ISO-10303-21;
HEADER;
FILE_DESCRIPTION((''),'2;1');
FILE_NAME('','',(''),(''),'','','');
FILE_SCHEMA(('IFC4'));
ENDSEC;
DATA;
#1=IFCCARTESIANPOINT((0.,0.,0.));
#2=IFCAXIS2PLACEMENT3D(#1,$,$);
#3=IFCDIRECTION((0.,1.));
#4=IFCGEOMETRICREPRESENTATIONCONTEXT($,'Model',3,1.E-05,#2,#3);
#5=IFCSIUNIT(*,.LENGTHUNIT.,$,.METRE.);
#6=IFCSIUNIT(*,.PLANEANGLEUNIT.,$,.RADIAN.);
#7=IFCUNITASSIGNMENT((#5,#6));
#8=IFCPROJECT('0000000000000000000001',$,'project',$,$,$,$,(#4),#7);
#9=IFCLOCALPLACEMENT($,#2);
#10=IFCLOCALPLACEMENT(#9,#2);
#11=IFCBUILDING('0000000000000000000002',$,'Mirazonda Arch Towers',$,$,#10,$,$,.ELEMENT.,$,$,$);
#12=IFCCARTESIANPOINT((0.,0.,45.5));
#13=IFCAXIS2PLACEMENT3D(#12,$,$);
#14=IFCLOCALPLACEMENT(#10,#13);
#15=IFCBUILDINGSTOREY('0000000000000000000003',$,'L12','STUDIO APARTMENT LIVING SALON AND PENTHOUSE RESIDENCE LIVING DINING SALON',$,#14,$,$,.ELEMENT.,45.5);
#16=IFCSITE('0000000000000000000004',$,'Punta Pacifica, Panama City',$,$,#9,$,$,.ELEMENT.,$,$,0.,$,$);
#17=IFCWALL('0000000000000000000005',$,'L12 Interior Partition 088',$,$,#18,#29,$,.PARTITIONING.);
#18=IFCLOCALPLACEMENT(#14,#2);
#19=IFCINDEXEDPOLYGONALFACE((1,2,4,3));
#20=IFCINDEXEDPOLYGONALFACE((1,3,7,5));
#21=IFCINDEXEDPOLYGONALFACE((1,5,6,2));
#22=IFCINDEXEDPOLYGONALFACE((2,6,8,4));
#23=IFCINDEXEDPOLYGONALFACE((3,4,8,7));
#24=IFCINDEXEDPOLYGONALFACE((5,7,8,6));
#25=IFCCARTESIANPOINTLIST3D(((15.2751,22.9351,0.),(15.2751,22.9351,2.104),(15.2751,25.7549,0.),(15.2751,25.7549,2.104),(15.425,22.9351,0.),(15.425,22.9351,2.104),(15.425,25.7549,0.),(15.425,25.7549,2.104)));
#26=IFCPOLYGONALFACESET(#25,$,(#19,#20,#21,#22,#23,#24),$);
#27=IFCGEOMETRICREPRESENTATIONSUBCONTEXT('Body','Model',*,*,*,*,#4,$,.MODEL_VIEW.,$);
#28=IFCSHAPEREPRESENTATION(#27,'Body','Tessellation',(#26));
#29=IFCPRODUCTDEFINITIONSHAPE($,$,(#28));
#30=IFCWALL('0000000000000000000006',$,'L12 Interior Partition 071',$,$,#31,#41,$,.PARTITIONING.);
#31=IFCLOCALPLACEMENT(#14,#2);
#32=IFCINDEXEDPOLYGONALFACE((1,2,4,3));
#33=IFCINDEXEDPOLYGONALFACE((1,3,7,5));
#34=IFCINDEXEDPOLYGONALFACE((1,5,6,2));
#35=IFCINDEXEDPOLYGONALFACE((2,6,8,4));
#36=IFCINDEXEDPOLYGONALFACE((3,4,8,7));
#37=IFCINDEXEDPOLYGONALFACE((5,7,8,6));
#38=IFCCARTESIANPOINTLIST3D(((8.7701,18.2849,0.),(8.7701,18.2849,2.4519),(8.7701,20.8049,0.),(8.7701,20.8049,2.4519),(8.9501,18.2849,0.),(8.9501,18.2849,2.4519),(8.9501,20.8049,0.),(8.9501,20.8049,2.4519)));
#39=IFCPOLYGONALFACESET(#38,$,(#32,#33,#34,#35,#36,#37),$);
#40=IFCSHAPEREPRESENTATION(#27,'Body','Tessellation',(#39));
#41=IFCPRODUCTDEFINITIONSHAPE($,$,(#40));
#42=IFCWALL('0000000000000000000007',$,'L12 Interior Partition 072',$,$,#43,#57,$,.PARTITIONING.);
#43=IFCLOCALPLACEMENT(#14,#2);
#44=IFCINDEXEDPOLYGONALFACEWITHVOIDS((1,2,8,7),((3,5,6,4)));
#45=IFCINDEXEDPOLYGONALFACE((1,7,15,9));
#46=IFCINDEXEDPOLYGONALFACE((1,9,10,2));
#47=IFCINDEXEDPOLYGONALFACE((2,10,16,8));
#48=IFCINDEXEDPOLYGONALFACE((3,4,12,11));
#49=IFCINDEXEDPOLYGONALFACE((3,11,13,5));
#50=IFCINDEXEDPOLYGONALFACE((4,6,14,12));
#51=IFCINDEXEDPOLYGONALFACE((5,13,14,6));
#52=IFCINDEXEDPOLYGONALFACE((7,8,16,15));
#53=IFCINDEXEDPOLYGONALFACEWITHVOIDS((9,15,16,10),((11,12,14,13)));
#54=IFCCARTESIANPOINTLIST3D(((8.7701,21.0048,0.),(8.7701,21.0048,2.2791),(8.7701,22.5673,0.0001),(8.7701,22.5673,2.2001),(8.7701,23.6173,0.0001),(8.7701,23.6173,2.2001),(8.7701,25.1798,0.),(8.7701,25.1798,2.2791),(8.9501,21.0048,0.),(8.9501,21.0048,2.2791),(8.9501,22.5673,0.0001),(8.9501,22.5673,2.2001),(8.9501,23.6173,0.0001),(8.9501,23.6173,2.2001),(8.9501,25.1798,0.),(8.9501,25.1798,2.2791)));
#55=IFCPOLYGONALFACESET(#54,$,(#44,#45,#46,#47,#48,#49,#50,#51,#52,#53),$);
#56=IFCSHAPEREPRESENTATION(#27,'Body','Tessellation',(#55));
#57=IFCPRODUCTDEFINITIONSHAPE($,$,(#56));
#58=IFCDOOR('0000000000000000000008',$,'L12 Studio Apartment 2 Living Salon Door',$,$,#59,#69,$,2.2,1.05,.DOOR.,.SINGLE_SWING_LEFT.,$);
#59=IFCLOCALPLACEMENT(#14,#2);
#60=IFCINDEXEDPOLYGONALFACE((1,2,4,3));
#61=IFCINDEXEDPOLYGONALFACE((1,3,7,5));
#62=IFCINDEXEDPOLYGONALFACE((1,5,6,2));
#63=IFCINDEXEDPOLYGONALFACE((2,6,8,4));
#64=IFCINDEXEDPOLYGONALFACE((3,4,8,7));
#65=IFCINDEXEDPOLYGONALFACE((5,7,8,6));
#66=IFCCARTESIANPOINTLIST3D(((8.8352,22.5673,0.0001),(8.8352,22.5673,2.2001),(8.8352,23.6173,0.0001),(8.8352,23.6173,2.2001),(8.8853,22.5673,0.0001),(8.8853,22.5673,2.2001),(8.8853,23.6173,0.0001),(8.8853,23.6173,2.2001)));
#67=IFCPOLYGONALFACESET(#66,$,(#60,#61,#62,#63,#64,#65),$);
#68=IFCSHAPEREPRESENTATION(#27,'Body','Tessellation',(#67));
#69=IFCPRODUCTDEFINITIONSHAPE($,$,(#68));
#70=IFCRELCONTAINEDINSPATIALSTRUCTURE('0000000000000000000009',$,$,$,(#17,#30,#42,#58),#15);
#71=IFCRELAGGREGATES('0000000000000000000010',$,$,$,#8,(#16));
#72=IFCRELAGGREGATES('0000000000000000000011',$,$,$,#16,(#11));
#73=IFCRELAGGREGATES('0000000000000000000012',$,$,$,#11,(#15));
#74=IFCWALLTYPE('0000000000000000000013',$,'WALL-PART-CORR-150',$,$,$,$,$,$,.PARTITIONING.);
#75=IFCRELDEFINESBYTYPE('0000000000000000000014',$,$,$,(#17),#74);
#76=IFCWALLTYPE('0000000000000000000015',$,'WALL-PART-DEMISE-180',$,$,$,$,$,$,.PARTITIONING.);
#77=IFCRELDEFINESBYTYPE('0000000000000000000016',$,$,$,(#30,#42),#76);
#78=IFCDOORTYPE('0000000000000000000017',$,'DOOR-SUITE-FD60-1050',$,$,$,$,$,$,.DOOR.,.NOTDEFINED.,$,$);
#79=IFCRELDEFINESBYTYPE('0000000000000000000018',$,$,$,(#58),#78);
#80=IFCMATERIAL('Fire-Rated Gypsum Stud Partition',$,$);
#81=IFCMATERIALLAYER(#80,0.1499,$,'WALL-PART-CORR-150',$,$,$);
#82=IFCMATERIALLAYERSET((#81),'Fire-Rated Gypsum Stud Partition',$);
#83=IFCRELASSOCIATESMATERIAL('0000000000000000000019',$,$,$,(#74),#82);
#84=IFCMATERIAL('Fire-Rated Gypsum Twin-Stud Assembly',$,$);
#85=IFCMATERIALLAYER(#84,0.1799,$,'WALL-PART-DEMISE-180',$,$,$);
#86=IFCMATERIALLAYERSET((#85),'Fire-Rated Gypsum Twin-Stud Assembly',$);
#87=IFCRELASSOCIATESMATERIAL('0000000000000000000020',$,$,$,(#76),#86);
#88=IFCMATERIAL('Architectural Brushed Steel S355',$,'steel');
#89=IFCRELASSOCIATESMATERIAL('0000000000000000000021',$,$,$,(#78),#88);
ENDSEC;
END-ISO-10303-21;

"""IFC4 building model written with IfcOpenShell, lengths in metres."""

from ifc_helpers import new_model, si_unit, direction, frame, frame_2d, origin, place, context, subcontext, project, spatial, rectangle, extrude, material, layer, layer_set, type_object, element, fill, save


model = new_model("IFC4")

# Units and contexts
model_context = context("Model", 3, precision=1e-05, world=origin(), true_north=direction((0.0, 1.0)))
body_context = subcontext(model_context, "Body", "Model", "MODEL_VIEW")
ifc_project = project(units=[si_unit("LENGTHUNIT", "METRE"), si_unit("PLANEANGLEUNIT", "RADIAN")], contexts=[model_context])

# Site, building, storey
site_placement = place(None, origin())
site = spatial("IfcSite", under=ifc_project, at=site_placement, Name="Punta Pacifica, Panama City", CompositionType="ELEMENT", RefElevation=0.0)
building_placement = place(site_placement, origin())
building = spatial("IfcBuilding", under=site, at=building_placement, Name="Mirazonda Arch Towers", CompositionType="ELEMENT")
storey_placement = place(building_placement, frame((0.0, 0.0, 45.5)))
storey = spatial("IfcBuildingStorey", under=building, at=storey_placement, Name="L12", Description="STUDIO APARTMENT LIVING SALON AND PENTHOUSE RESIDENCE LIVING DINING SALON", CompositionType="ELEMENT", Elevation=45.5)

# Shared definitions
ifc_material_1 = material(Name="Architectural Brushed Steel S355", Category="steel")

# Shared definitions
ifc_material_2 = material(Name="Fire-Rated Gypsum Stud Partition")
ifc_layer_1 = layer(ifc_material_2, 0.1499, Name="WALL-PART-CORR-150")
ifc_layer_set_1 = layer_set([ifc_layer_1], Name="Fire-Rated Gypsum Stud Partition")
wall_type_1 = type_object("IfcWallType", Name="WALL-PART-CORR-150", PredefinedType="PARTITIONING", material=ifc_layer_set_1)

# Walls
wall_1_placement = place(storey_placement, frame((15.3501, 22.9351, 0.0), z_axis=(0.0, 0.0, 1.0), x_axis=(0.0, 1.0, 0.0)))
element("IfcWall", 1, at=wall_1_placement, inside=storey, type_object=wall_type_1, Name="L12 Interior Partition 088", PredefinedType="PARTITIONING", context=body_context, shape_type="SweptSolid", body=[
    extrude(rectangle(XDim=2.8198, YDim=0.1499, at=frame_2d((1.4099, 0.0))), origin(), (0.0, 0.0, 1.0), 2.104),
])
ifc_material_3 = material(Name="Fire-Rated Gypsum Twin-Stud Assembly")
ifc_layer_2 = layer(ifc_material_3, 0.1799, Name="WALL-PART-DEMISE-180")
ifc_layer_set_2 = layer_set([ifc_layer_2], Name="Fire-Rated Gypsum Twin-Stud Assembly")
wall_type_2 = type_object("IfcWallType", Name="WALL-PART-DEMISE-180", PredefinedType="PARTITIONING", material=ifc_layer_set_2)
wall_2_placement = place(storey_placement, frame((8.8601, 18.2849, 0.0), z_axis=(0.0, 0.0, 1.0), x_axis=(0.0, 1.0, 0.0)))
element("IfcWall", 2, at=wall_2_placement, inside=storey, type_object=wall_type_2, Name="L12 Interior Partition 071", PredefinedType="PARTITIONING", context=body_context, shape_type="SweptSolid", body=[
    extrude(rectangle(XDim=2.52, YDim=0.1799, at=frame_2d((1.26, 0.0))), origin(), (0.0, 0.0, 1.0), 2.4519),
])

# Wall, opening, door
wall_3_placement = place(storey_placement, frame((8.8601, 21.0049, 0.0), z_axis=(0.0, 0.0, 1.0), x_axis=(0.0, 1.0, 0.0)))
wall_3 = element("IfcWall", 3, at=wall_3_placement, inside=storey, type_object=wall_type_2, Name="L12 Interior Partition 072", PredefinedType="PARTITIONING", context=body_context, shape_type="SweptSolid", body=[
    extrude(rectangle(XDim=4.175, YDim=0.1799, at=frame_2d((2.0874, 0.0))), origin(), (0.0, 0.0, 1.0), 2.2791),
])
opening_1_placement = place(wall_3_placement, frame((1.5625, 0.0, 0.0)))
opening_1 = element("IfcOpeningElement", 4, at=opening_1_placement, cuts=wall_3, PredefinedType="OPENING", context=body_context, shape_type="SweptSolid", body=[
    extrude(rectangle(XDim=1.05, YDim=2.2, at=frame_2d((0.5249, 1.1001))), frame((0.0, 0.0999, 0.0), z_axis=(0.0, -1.0, 0.0), x_axis=(1.0, 0.0, 0.0)), (0.0, 0.0, 1.0), 0.2),
])
door_type_1 = type_object("IfcDoorType", Name="DOOR-SUITE-FD60-1050", OperationType="NOTDEFINED", PredefinedType="DOOR", material=ifc_material_1)
door_1_placement = place(opening_1_placement, origin())
door_1 = element("IfcDoor", 5, at=door_1_placement, inside=storey, type_object=door_type_1, Name="L12 Studio Apartment 2 Living Salon Door", OperationType="SINGLE_SWING_LEFT", OverallHeight=2.2, OverallWidth=1.05, PredefinedType="DOOR", context=body_context, shape_type="SweptSolid", body=[
    extrude(rectangle(XDim=1.05, YDim=2.2, at=frame_2d((0.5249, 1.1001))), frame((0.0, 0.0249, 0.0), z_axis=(0.0, -1.0, 0.0), x_axis=(1.0, 0.0, 0.0)), (0.0, 0.0, 1.0), 0.05),
])
fill(opening_1, door_1)

save(model, "model.ifc")
